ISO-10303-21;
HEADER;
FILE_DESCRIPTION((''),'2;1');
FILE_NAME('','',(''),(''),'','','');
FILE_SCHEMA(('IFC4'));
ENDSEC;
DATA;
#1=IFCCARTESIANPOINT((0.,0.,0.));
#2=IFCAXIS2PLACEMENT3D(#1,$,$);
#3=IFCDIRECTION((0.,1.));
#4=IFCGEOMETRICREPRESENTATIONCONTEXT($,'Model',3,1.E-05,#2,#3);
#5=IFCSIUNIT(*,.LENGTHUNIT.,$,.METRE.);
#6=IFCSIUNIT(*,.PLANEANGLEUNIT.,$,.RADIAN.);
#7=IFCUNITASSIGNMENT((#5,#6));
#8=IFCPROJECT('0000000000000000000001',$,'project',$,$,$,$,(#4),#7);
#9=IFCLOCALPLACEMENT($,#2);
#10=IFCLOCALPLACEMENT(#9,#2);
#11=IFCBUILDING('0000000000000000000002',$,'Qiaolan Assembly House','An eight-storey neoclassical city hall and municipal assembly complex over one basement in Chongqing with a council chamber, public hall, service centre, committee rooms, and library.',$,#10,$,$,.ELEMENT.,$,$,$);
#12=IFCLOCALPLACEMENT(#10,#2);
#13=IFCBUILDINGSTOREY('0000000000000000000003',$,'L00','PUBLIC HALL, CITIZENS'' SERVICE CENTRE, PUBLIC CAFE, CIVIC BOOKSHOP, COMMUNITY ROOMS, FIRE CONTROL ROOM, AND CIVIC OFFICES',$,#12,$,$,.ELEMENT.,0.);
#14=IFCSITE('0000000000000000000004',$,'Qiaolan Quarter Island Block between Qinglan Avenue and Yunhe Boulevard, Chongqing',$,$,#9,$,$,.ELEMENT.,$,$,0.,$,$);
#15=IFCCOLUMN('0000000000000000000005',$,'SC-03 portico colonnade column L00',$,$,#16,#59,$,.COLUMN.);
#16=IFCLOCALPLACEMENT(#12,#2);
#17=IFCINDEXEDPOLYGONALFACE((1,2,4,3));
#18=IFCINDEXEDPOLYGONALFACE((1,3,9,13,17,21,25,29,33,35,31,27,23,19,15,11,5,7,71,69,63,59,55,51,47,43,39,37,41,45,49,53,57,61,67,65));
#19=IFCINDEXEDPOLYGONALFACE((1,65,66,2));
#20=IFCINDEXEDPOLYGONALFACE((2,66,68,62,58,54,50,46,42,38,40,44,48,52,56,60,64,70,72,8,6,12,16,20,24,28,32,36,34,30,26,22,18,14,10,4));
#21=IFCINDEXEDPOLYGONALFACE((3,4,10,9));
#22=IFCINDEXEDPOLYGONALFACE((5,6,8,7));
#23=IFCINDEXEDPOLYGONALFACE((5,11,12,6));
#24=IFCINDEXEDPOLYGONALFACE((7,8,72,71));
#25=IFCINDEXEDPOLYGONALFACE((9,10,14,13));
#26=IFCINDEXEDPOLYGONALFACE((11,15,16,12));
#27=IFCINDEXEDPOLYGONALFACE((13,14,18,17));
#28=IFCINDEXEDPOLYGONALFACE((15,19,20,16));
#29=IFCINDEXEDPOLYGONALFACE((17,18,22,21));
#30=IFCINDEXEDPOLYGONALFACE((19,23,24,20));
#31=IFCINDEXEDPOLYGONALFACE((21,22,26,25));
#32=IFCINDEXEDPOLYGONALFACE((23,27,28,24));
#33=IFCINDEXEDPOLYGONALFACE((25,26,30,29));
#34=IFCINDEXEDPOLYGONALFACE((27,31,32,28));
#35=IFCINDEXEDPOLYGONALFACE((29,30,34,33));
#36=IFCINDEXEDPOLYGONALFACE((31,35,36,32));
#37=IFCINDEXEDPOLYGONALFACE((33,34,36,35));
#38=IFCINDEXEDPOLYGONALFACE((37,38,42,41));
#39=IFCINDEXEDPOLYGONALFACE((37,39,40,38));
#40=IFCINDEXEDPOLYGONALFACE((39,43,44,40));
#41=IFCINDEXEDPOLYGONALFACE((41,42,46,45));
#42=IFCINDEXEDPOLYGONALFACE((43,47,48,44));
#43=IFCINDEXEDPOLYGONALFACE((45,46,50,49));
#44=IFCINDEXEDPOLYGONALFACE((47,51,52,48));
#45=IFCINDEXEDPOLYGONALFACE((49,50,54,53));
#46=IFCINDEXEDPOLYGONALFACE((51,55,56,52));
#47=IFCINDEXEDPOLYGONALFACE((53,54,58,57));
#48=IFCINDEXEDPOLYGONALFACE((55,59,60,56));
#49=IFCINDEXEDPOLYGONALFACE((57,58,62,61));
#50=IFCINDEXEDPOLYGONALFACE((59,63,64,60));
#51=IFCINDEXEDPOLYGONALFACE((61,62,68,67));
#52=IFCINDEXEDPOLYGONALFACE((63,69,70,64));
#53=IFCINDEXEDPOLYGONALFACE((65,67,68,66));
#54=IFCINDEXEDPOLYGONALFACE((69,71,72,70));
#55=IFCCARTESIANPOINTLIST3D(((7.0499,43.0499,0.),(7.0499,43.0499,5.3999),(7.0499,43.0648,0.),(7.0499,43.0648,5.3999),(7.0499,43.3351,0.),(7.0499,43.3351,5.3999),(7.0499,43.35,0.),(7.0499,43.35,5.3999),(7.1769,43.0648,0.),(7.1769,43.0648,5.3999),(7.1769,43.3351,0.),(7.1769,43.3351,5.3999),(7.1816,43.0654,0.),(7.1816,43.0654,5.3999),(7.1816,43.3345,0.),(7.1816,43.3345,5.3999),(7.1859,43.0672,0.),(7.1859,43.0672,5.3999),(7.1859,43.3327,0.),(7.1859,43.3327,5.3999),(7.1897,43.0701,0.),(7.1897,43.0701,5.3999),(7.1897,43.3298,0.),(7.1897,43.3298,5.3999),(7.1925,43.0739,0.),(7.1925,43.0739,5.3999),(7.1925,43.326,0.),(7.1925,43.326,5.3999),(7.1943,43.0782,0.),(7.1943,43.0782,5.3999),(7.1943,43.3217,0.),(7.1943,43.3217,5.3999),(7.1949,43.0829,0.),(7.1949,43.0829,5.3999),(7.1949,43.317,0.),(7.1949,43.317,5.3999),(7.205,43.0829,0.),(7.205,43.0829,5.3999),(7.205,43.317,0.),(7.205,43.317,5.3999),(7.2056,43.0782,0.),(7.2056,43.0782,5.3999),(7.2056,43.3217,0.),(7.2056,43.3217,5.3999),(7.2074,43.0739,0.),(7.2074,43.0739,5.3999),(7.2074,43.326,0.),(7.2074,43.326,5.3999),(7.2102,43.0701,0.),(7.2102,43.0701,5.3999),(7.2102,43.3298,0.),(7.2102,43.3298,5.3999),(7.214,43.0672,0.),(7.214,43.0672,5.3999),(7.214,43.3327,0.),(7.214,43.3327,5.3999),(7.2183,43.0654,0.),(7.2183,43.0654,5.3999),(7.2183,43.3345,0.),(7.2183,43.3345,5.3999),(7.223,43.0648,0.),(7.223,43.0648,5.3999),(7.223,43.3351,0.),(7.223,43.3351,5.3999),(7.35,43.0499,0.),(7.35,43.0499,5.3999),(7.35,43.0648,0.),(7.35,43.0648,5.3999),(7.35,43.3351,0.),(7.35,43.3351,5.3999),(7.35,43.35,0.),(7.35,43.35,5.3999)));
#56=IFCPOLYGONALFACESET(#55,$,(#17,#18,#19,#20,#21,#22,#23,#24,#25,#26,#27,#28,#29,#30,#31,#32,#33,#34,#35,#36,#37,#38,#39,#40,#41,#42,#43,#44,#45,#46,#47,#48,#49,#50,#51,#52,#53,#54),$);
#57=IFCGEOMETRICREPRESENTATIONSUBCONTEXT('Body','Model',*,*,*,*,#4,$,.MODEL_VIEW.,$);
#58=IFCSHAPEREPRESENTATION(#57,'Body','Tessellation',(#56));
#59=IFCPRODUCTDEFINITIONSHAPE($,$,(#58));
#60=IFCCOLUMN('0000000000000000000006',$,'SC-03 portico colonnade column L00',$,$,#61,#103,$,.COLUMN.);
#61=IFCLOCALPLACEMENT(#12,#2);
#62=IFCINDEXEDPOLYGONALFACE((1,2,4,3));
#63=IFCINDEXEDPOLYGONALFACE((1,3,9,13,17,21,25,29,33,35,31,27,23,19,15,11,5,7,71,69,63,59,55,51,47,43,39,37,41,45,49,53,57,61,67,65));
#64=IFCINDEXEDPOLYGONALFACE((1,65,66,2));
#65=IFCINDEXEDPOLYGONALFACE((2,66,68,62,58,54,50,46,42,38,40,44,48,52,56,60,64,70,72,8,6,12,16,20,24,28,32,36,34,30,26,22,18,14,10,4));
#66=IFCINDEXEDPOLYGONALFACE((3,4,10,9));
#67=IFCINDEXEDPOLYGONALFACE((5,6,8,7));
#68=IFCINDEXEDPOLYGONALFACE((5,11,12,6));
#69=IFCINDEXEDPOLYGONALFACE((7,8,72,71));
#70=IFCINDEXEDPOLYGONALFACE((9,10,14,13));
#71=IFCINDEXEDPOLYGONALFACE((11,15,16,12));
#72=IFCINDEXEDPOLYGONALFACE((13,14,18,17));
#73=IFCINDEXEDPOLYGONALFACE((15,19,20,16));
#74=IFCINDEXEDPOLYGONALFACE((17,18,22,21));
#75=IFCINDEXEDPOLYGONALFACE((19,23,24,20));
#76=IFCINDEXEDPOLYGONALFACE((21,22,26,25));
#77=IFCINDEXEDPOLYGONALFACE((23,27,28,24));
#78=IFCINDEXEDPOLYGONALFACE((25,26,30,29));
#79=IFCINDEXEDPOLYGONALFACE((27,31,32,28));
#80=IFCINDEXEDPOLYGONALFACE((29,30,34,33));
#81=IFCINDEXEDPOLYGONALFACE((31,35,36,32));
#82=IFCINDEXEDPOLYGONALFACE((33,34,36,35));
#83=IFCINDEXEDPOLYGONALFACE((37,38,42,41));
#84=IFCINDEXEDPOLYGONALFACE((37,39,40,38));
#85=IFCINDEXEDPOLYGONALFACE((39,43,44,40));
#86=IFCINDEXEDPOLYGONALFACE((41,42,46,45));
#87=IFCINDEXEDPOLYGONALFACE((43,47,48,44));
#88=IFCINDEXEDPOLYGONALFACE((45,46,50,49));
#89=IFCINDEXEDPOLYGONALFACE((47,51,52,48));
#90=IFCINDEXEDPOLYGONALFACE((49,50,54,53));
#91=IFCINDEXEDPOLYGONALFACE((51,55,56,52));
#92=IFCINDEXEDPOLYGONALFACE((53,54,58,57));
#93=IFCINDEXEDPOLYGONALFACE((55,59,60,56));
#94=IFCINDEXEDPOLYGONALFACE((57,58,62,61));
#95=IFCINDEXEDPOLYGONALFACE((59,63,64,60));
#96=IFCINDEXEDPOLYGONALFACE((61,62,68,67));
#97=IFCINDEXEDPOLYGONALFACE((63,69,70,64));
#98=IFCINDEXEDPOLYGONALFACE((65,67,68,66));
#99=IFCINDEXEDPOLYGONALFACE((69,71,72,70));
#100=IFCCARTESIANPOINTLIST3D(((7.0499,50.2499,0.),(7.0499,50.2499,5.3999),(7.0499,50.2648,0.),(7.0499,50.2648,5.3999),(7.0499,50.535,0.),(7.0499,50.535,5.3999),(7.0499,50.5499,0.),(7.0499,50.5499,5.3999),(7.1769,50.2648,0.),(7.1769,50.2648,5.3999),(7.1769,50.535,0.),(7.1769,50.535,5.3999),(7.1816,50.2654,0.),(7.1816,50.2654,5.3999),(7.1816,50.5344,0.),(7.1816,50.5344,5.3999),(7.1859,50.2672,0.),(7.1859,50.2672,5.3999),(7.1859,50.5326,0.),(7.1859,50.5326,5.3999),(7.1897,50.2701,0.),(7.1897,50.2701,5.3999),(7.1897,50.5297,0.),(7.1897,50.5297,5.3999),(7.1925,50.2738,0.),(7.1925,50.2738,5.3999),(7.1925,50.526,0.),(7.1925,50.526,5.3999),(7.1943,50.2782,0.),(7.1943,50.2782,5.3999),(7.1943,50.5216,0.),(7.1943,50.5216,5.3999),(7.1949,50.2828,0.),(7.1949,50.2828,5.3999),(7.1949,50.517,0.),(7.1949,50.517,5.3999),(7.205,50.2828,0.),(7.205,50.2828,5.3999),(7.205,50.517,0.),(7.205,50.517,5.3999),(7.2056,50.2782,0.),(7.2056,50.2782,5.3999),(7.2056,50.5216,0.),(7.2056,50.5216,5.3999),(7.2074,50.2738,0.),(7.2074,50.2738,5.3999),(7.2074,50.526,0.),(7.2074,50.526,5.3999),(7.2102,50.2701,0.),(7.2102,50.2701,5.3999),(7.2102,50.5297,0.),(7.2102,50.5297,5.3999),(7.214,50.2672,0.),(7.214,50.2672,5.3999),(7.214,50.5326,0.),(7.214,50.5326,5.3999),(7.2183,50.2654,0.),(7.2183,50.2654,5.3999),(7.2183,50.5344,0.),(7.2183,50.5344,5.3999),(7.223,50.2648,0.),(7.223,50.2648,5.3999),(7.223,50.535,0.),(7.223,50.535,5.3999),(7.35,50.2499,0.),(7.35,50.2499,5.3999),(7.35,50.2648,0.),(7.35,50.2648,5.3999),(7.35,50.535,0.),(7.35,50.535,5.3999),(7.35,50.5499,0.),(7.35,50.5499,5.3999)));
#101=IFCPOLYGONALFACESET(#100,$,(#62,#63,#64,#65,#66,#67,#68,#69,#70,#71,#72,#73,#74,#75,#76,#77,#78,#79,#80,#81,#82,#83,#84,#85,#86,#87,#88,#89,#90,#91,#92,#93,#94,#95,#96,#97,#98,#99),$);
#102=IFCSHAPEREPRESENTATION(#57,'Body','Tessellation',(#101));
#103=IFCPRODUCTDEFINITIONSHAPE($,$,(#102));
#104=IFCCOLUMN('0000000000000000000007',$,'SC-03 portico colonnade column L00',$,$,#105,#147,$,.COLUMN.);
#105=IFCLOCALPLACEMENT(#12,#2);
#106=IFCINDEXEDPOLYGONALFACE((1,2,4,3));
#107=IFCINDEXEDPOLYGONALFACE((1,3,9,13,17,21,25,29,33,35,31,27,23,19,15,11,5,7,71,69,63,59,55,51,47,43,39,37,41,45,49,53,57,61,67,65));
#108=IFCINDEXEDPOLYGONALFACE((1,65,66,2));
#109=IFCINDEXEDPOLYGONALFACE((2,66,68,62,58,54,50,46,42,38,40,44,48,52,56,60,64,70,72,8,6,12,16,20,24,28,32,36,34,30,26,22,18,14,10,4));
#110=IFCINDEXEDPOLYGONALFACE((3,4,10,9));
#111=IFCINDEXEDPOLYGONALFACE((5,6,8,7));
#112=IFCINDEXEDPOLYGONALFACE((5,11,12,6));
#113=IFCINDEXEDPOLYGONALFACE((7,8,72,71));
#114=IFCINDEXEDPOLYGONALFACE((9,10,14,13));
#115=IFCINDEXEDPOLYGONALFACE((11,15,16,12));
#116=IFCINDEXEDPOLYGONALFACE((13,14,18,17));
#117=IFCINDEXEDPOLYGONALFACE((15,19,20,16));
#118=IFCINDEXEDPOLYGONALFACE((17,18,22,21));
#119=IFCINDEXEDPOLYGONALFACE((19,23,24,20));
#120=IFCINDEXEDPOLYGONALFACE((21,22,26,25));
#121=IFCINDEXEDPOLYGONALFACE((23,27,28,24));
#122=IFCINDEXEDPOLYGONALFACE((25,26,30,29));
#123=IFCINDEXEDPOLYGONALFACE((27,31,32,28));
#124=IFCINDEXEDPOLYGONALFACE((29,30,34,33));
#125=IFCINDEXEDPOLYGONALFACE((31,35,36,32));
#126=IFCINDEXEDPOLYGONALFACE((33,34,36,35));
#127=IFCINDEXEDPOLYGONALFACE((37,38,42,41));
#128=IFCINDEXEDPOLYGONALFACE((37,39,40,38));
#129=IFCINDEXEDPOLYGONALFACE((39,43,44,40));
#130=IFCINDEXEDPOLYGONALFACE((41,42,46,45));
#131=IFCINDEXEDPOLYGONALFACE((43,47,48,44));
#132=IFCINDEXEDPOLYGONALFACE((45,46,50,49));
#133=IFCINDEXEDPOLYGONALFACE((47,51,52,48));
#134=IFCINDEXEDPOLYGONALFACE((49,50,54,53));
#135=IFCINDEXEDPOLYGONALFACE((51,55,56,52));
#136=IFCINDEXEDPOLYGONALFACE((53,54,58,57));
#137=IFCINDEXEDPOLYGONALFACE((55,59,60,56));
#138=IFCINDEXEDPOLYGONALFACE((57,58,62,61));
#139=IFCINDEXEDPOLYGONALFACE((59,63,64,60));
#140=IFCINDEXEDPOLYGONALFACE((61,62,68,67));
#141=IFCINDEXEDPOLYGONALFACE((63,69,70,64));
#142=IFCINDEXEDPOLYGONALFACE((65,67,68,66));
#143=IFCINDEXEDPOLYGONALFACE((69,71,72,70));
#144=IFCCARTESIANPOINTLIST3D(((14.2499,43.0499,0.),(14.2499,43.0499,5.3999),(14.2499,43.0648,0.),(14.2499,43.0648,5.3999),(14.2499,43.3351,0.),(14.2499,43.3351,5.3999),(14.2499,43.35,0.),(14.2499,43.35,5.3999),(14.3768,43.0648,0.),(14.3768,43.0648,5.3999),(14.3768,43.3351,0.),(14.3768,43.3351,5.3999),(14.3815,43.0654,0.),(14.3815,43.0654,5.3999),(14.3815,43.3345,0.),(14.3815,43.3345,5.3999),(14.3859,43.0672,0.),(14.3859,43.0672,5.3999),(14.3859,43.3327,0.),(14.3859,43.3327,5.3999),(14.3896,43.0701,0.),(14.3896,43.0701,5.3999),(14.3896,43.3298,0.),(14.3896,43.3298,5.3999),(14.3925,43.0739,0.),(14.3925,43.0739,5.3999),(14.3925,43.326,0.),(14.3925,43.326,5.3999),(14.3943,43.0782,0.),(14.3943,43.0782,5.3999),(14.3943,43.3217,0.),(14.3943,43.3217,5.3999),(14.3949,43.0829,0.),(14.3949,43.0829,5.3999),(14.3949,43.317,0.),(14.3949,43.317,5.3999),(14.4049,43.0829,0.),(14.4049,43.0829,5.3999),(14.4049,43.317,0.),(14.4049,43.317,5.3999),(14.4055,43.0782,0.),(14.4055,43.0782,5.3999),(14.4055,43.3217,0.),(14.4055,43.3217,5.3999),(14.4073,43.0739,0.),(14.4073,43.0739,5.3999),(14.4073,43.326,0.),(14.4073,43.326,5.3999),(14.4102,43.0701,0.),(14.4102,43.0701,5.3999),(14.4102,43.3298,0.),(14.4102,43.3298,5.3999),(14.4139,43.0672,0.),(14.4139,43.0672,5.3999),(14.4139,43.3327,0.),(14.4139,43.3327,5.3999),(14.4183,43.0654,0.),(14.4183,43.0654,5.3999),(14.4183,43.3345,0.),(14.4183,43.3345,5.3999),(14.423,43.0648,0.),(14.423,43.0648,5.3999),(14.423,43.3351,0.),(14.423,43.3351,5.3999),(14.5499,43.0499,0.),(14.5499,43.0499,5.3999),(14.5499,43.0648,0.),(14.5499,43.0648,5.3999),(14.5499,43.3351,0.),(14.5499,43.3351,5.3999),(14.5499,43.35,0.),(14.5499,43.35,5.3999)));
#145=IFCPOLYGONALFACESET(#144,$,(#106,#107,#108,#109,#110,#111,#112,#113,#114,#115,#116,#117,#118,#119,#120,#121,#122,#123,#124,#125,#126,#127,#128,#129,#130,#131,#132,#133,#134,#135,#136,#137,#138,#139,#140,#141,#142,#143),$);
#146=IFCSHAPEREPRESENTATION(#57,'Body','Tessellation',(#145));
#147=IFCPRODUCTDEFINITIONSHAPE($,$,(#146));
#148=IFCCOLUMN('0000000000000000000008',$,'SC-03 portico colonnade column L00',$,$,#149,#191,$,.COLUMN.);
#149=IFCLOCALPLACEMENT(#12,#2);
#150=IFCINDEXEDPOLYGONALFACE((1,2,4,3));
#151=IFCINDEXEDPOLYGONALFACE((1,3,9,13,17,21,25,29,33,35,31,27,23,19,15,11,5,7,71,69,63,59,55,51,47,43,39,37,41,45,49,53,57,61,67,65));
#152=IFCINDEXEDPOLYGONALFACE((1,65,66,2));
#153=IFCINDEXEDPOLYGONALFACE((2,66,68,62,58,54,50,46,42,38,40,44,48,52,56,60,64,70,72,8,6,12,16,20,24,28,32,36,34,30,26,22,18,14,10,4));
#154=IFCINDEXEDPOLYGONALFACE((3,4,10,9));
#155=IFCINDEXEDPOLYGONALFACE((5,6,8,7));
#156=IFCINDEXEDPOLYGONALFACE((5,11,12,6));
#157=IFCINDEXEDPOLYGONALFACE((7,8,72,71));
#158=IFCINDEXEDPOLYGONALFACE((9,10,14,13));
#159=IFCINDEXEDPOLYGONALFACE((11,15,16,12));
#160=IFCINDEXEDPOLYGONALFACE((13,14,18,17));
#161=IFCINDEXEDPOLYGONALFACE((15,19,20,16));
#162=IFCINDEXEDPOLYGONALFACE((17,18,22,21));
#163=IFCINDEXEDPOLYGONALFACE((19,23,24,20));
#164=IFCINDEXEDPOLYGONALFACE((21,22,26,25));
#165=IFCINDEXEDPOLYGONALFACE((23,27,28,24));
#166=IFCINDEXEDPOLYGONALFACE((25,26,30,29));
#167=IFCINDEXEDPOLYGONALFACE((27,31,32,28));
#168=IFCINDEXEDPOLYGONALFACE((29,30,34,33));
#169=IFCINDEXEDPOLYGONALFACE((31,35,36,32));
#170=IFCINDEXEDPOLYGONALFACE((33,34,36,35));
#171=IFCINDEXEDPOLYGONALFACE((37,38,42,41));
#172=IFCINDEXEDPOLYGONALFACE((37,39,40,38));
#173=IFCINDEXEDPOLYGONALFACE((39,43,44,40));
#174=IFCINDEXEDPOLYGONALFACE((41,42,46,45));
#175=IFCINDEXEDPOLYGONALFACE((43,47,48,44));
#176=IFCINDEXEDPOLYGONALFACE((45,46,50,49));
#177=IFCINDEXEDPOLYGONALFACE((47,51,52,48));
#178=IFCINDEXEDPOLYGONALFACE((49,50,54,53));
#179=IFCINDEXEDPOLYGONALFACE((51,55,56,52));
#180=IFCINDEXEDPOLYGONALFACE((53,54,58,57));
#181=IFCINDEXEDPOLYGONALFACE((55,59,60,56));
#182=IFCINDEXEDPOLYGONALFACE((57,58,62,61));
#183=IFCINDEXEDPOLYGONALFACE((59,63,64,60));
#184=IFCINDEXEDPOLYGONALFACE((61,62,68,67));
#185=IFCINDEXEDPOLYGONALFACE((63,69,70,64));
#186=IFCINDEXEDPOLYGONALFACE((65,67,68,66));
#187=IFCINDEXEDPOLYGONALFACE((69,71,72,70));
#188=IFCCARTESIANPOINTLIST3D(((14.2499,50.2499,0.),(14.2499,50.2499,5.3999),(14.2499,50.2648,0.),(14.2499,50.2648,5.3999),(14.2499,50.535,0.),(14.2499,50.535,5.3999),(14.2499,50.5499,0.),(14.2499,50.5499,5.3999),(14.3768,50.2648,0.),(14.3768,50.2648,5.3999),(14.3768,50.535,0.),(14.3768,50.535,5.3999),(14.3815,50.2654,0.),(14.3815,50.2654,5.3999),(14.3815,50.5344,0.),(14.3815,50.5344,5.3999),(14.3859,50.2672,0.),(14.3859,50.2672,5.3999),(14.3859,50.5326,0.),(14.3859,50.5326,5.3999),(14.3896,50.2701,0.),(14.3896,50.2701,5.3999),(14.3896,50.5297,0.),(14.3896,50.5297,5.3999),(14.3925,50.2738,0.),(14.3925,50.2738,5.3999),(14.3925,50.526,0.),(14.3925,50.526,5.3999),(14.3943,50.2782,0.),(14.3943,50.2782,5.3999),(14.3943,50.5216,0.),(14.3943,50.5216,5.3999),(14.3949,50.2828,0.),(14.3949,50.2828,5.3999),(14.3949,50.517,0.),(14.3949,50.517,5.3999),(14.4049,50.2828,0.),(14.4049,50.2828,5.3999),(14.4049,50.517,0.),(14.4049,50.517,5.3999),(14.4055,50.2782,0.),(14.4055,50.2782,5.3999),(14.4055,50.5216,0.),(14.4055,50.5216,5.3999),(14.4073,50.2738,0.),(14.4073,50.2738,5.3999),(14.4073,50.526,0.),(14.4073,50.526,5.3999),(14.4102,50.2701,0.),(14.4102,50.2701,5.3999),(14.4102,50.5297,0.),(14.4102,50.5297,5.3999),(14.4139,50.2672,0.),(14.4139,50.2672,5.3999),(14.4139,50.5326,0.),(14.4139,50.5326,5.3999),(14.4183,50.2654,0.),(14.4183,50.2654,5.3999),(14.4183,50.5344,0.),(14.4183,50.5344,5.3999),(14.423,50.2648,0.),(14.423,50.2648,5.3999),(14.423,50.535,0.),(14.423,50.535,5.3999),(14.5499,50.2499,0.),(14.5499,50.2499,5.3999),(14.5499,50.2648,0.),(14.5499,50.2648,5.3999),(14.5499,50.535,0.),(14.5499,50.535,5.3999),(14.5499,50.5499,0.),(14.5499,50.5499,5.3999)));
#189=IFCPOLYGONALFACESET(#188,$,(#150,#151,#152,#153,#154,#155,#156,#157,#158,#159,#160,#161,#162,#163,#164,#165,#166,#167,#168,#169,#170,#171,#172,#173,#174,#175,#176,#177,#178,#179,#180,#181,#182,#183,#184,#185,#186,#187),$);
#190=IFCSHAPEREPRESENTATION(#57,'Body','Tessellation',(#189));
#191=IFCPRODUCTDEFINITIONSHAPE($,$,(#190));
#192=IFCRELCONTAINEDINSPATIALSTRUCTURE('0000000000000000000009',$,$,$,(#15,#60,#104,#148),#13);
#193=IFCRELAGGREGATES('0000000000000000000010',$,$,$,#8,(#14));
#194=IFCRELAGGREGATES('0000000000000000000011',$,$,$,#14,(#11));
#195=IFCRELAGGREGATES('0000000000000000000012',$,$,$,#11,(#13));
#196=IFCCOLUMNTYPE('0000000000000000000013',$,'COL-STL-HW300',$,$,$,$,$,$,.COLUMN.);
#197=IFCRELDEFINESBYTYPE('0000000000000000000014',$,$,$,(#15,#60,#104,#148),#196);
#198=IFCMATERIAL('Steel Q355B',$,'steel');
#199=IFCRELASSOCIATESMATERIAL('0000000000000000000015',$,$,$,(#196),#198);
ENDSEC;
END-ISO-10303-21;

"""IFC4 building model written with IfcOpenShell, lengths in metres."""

from ifc_helpers import new_model, si_unit, direction, frame, origin, origin_2d, place, context, subcontext, project, spatial, i_section, extrude, material, material_profile, profile_set, type_object, element, save


model = new_model("IFC4")

# Units and contexts
model_context = context("Model", 3, precision=1e-05, world=origin(), true_north=direction((0.0, 1.0)))
body_context = subcontext(model_context, "Body", "Model", "MODEL_VIEW")
ifc_project = project(units=[si_unit("LENGTHUNIT", "METRE"), si_unit("PLANEANGLEUNIT", "RADIAN")], contexts=[model_context])

# Site, building, storey
site_placement = place(None, origin())
site = spatial("IfcSite", under=ifc_project, at=site_placement, Name="Qiaolan Quarter Island Block between Qinglan Avenue and Yunhe Boulevard, Chongqing", CompositionType="ELEMENT", RefElevation=0.0)
building_placement = place(site_placement, origin())
building = spatial("IfcBuilding", under=site, at=building_placement, Name="Qiaolan Assembly House", Description="An eight-storey neoclassical city hall and municipal assembly complex over one basement in Chongqing with a council chamber, public hall, service centre, committee rooms, and library.", CompositionType="ELEMENT")
storey_placement = place(building_placement, origin())
storey = spatial("IfcBuildingStorey", under=building, at=storey_placement, Name="L00", Description="PUBLIC HALL, CITIZENS' SERVICE CENTRE, PUBLIC CAFE, CIVIC BOOKSHOP, COMMUNITY ROOMS, FIRE CONTROL ROOM, AND CIVIC OFFICES", CompositionType="ELEMENT", Elevation=0.0)

# Columns
ifc_material_1 = material(Name="Steel Q355B", Category="steel")
ifc_material_profile_1 = material_profile(ifc_material_1, i_section(OverallWidth=0.3, OverallDepth=0.3, WebThickness=0.01, FlangeThickness=0.0149, FilletRadius=0.0181, at=origin_2d()), Name="HW 300x300x10x15")
ifc_profile_set_1 = profile_set([ifc_material_profile_1], Name="Steel Q355B")
column_type_1 = type_object("IfcColumnType", Name="COL-STL-HW300", PredefinedType="COLUMN", material=ifc_profile_set_1)
for number, where, z_axis, x_axis, name in (
    (1, (7.2, 43.2, 0.0), (0.0, 0.0, 1.0), (1.0, 0.0, 0.0), "SC-03 portico colonnade column L00"),
    (2, (7.2, 50.3999, 0.0), (0.0, 0.0, 1.0), (1.0, 0.0, 0.0), "SC-03 portico colonnade column L00"),
    (3, (14.3999, 43.2, 0.0), (0.0, 0.0, 1.0), (1.0, 0.0, 0.0), "SC-03 portico colonnade column L00"),
    (4, (14.3999, 50.3999, 0.0), (0.0, 0.0, 1.0), (1.0, 0.0, 0.0), "SC-03 portico colonnade column L00"),
):
    element("IfcColumn", number, at=place(storey_placement, frame(where, z_axis=z_axis, x_axis=x_axis)), inside=storey, type_object=column_type_1, Name=name, PredefinedType="COLUMN", context=body_context, shape_type="SweptSolid", body=[
        extrude(i_section(OverallWidth=0.3, OverallDepth=0.3, WebThickness=0.01, FlangeThickness=0.0149, FilletRadius=0.0181, at=origin_2d()), origin(), (0.0, 0.0, 1.0), 5.3999),
    ])

save(model, "model.ifc")
